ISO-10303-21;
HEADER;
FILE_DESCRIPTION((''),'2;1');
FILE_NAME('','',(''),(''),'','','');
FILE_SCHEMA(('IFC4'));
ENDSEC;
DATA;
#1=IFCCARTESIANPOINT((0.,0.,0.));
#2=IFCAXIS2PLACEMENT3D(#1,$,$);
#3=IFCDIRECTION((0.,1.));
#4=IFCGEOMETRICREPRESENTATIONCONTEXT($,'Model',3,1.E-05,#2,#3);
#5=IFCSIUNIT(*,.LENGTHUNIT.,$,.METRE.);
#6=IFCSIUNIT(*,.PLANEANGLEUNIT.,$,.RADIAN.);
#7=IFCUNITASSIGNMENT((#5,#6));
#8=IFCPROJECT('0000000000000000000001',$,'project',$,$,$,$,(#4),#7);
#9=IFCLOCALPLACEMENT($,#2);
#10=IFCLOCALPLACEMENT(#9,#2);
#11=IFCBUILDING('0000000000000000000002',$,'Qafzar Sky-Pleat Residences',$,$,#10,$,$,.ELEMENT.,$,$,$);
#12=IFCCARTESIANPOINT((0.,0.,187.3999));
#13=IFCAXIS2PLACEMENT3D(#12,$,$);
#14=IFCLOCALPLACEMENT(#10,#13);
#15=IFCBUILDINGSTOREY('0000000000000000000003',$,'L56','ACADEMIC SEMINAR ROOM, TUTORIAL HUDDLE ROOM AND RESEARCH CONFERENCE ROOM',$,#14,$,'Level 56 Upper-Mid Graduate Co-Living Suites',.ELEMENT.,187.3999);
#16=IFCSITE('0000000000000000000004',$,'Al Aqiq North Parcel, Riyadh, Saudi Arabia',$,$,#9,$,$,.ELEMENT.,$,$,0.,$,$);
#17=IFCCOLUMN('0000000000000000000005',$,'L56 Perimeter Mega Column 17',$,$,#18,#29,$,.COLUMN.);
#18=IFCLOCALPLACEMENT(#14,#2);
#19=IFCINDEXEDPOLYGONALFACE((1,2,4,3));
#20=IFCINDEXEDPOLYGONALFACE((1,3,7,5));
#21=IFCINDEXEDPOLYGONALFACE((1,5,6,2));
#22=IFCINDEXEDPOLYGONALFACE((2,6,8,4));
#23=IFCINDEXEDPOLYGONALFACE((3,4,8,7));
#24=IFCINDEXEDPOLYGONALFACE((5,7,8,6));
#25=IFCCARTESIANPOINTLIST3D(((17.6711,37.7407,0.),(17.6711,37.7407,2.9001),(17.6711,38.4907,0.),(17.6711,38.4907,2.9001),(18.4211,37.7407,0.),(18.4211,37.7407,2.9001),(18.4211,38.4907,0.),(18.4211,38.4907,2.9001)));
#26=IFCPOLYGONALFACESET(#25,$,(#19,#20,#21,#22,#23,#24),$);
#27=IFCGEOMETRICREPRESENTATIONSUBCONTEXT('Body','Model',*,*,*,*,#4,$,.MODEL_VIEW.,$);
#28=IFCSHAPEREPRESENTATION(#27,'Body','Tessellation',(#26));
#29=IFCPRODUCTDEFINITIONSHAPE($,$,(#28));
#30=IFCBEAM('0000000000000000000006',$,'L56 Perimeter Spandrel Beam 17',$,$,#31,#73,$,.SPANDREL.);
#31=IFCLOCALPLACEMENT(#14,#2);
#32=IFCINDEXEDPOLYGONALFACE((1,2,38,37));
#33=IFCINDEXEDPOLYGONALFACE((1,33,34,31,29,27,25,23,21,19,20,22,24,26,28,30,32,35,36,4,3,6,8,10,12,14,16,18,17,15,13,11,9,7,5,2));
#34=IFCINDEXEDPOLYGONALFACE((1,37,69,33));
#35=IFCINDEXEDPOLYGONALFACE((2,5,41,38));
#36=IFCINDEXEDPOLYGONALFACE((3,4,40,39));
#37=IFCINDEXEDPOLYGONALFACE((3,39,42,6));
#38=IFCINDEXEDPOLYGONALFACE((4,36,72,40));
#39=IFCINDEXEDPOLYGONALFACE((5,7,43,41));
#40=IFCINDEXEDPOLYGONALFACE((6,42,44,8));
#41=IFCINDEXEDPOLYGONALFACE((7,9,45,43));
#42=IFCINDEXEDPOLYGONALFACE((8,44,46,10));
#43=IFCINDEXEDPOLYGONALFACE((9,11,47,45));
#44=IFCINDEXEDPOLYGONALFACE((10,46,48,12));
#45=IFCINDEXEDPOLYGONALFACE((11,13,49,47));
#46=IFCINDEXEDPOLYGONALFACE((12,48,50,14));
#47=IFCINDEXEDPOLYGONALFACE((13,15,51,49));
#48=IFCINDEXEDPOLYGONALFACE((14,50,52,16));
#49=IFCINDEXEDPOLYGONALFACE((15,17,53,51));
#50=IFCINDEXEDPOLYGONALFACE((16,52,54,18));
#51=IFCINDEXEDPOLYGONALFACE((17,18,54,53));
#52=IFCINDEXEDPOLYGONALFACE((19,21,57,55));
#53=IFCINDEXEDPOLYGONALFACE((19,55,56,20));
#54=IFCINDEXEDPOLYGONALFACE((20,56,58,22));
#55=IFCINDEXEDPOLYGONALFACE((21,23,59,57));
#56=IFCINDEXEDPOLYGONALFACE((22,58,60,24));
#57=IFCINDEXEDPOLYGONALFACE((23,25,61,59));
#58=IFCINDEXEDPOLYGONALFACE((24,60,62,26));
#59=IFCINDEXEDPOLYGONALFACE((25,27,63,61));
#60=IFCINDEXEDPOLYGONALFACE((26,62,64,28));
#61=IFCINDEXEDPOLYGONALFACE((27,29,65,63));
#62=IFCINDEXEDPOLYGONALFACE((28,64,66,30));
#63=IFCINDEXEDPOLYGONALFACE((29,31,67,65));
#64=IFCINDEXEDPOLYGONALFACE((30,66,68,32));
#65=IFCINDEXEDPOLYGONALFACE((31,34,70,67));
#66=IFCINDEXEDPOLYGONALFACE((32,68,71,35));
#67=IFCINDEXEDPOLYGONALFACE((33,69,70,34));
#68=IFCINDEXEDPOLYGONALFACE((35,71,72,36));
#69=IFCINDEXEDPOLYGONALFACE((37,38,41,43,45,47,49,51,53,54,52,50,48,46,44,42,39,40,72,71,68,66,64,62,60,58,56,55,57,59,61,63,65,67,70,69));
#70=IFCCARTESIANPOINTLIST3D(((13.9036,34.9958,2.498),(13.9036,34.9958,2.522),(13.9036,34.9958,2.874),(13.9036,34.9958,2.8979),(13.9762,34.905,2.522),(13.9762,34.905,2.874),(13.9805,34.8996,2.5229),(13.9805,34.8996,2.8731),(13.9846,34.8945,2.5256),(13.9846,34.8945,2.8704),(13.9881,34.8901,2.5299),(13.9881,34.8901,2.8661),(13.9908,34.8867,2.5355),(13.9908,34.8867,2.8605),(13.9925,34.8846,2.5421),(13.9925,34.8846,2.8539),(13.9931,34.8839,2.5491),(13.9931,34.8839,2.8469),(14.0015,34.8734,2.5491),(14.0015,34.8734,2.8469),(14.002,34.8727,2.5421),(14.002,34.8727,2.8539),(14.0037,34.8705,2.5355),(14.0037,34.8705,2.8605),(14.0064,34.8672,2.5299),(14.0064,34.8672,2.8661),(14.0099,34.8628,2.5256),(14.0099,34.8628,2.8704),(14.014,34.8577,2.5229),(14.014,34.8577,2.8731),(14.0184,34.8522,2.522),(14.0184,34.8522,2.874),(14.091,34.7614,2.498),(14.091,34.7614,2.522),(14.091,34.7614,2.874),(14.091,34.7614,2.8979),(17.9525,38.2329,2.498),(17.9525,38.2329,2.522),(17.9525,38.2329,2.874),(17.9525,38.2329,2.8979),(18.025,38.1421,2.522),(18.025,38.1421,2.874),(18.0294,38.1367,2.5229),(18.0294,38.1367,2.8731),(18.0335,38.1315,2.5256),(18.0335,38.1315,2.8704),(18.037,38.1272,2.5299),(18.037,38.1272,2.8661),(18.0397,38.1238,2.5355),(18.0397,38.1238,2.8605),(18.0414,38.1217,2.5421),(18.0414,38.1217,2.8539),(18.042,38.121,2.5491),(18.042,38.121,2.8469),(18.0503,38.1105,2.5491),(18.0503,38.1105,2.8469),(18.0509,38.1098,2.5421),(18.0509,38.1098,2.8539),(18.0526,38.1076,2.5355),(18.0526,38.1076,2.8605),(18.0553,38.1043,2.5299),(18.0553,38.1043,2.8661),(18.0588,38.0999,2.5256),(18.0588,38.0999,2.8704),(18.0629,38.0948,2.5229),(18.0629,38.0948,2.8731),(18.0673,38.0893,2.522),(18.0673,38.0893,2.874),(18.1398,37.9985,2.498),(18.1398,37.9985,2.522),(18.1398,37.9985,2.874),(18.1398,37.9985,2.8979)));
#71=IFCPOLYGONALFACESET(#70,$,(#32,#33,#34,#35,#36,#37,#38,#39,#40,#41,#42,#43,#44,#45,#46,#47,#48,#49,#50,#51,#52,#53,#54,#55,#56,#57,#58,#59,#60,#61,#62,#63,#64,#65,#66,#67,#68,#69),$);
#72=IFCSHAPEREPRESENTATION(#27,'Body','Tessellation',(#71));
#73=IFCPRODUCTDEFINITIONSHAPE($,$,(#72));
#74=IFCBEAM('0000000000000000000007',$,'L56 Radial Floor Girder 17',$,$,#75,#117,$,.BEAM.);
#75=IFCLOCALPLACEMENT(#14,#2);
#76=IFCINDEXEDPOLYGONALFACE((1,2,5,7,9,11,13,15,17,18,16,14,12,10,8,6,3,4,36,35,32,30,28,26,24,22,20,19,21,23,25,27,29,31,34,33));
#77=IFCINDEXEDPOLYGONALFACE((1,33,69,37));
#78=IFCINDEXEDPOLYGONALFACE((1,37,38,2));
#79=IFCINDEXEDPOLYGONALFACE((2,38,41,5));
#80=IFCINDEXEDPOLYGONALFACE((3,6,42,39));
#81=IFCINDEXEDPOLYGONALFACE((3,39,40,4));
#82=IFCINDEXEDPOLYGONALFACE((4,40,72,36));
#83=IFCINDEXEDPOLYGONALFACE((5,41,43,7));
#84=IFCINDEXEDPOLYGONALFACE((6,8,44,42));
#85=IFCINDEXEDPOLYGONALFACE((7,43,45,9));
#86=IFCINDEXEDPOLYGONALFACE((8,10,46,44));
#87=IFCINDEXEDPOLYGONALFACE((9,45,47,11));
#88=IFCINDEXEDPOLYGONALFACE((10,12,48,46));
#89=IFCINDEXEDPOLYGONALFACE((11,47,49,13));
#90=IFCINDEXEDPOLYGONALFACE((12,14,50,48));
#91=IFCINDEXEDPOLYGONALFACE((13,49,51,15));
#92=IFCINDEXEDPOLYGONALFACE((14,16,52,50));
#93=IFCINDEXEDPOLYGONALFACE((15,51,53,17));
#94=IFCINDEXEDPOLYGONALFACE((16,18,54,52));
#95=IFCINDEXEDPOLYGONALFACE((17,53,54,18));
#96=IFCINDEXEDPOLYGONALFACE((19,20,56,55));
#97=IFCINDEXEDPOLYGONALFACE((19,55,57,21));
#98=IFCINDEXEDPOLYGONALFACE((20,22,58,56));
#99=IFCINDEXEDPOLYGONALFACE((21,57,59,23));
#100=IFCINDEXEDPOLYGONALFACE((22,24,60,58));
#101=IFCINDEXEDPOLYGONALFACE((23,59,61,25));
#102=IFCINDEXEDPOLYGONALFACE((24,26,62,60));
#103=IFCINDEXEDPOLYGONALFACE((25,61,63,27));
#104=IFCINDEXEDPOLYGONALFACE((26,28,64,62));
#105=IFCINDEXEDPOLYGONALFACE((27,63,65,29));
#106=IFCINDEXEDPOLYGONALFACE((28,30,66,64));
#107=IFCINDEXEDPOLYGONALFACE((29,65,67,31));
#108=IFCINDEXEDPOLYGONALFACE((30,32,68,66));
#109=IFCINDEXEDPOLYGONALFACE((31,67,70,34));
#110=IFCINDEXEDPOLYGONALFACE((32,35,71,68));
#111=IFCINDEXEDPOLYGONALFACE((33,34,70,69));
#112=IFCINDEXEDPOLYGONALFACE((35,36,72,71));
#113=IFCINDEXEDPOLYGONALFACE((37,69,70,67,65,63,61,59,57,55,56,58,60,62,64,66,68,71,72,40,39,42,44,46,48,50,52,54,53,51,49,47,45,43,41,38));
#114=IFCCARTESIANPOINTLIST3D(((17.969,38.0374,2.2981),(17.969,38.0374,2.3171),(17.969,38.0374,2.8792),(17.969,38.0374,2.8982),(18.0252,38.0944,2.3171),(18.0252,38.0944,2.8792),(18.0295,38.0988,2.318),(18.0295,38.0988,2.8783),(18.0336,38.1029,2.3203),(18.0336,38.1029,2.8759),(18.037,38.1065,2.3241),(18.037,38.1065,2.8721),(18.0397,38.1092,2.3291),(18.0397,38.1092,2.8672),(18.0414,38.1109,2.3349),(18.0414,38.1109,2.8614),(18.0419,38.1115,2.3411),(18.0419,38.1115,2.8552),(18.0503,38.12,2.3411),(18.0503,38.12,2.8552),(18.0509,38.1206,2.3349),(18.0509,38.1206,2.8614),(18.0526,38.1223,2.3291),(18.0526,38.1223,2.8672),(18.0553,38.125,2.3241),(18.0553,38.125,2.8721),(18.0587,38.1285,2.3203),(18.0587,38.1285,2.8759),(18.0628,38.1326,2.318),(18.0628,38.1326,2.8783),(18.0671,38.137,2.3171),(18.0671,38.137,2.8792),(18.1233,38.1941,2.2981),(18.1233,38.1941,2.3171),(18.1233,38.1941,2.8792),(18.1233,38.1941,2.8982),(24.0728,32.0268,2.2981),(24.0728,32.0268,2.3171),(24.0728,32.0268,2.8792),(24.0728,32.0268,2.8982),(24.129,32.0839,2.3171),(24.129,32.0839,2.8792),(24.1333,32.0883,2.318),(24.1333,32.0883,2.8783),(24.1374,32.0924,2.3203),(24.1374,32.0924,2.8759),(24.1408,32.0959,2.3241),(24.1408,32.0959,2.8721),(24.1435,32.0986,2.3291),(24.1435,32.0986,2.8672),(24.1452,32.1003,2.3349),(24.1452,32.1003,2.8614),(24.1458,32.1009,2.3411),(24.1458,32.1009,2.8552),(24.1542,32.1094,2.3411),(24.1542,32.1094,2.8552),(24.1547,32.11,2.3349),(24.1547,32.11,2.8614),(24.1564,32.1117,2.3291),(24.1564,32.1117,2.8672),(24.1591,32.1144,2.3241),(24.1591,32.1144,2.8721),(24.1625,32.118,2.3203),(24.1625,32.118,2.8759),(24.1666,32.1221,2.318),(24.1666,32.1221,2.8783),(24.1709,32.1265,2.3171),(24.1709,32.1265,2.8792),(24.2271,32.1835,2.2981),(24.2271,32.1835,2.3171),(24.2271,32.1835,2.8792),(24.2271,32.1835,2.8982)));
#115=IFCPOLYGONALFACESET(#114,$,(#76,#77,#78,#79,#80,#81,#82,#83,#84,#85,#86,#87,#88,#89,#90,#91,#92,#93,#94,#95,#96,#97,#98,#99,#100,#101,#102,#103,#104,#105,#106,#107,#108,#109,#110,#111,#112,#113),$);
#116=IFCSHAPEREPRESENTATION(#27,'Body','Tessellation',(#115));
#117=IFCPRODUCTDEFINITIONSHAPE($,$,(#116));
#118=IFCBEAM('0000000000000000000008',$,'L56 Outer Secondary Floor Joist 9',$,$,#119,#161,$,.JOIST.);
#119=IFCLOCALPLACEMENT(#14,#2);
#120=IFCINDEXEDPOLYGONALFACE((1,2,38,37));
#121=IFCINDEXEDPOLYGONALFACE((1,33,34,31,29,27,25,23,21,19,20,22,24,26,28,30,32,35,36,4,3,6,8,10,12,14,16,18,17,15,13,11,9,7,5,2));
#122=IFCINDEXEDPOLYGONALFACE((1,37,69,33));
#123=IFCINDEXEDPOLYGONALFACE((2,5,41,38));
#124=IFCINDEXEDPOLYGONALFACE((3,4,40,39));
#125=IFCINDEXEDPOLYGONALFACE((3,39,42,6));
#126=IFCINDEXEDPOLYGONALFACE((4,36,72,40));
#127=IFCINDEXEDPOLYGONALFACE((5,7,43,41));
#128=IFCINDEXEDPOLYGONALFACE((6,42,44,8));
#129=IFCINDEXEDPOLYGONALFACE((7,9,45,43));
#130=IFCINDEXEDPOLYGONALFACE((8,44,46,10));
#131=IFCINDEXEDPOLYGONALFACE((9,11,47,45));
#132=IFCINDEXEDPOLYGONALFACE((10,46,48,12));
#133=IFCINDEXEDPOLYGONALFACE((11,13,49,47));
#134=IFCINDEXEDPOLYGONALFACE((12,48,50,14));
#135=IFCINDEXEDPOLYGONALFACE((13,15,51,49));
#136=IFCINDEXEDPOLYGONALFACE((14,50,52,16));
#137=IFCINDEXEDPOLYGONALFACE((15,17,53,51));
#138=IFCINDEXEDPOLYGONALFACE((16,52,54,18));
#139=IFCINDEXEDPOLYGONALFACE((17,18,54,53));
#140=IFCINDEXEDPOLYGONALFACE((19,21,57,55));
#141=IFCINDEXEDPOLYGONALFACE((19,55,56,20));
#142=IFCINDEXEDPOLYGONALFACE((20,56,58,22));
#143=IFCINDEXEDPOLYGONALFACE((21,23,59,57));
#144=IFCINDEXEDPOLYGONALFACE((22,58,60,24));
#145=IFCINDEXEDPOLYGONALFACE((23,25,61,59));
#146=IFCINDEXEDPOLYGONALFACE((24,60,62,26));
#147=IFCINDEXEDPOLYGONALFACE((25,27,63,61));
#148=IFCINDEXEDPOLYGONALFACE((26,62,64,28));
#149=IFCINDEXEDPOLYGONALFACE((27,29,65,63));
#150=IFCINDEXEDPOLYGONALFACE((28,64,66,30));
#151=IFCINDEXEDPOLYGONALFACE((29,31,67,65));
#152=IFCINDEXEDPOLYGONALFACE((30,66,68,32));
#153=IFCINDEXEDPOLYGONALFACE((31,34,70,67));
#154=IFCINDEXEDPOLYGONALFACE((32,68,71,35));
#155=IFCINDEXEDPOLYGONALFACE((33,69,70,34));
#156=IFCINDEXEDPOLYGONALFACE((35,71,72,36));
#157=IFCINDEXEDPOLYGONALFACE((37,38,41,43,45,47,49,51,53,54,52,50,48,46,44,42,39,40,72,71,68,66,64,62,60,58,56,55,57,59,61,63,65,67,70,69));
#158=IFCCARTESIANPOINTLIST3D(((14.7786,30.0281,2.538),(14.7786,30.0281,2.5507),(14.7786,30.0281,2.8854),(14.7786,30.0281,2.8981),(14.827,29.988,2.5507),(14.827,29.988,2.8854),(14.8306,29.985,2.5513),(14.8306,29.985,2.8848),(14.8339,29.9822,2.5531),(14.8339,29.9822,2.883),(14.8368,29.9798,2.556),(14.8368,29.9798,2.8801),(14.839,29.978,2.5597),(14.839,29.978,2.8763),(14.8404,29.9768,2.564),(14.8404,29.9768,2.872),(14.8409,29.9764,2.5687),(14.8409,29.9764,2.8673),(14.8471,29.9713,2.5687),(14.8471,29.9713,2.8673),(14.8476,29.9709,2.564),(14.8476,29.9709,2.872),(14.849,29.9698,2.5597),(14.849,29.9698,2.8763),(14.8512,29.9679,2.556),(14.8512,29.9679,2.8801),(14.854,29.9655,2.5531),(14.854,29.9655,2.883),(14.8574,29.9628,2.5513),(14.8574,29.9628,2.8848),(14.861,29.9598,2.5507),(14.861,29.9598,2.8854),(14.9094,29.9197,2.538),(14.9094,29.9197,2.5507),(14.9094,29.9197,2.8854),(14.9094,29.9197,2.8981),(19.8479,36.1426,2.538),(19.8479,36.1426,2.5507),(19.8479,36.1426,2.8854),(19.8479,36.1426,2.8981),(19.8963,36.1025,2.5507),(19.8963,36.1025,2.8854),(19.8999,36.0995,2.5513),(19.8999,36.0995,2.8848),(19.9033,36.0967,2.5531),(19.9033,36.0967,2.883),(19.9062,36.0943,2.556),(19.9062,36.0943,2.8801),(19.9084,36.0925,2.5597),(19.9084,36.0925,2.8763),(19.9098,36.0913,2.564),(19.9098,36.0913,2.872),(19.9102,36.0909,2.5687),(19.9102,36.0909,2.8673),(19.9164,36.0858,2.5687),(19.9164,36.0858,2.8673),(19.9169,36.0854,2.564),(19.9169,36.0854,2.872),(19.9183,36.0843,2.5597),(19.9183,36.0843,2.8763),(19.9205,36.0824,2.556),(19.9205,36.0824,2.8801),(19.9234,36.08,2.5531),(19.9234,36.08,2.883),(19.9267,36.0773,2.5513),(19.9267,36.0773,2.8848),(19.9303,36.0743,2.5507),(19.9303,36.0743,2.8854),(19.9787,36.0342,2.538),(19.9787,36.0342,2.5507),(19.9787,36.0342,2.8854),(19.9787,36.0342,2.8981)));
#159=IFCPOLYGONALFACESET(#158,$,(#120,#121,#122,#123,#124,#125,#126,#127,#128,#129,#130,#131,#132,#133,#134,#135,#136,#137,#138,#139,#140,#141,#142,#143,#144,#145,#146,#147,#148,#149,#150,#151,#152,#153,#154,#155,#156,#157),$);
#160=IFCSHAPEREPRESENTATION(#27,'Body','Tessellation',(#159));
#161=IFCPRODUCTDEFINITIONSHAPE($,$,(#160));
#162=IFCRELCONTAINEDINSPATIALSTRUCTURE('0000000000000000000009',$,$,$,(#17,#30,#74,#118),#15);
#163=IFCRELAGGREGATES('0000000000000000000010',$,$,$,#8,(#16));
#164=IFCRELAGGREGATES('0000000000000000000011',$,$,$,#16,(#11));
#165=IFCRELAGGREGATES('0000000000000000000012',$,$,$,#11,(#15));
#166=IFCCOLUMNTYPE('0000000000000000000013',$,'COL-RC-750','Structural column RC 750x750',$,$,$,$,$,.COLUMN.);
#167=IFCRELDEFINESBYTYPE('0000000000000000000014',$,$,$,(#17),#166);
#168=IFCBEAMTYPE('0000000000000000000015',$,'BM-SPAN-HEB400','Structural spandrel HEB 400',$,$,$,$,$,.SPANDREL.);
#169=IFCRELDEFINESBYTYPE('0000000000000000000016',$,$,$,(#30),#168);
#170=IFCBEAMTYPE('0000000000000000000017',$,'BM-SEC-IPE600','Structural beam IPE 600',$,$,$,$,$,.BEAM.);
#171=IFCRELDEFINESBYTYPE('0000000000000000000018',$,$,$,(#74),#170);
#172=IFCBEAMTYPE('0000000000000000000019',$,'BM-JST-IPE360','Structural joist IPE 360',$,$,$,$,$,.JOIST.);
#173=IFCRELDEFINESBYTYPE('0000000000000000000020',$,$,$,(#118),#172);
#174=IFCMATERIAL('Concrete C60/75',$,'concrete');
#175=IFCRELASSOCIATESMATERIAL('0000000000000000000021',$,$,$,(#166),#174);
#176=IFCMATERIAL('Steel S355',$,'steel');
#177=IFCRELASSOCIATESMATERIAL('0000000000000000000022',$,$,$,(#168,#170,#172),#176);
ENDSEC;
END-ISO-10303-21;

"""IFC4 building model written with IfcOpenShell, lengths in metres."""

from ifc_helpers import new_model, si_unit, direction, frame, origin, origin_2d, place, context, subcontext, project, spatial, rectangle, i_section, extrude, source, transform, mapped, material, material_profile, profile_set, type_object, element, save


model = new_model("IFC4")

# Units and contexts
model_context = context("Model", 3, precision=1e-05, world=origin(), true_north=direction((0.0, 1.0)))
body_context = subcontext(model_context, "Body", "Model", "MODEL_VIEW")
ifc_project = project(units=[si_unit("LENGTHUNIT", "METRE"), si_unit("PLANEANGLEUNIT", "RADIAN")], contexts=[model_context])

# Site, building, storey
site_placement = place(None, origin())
site = spatial("IfcSite", under=ifc_project, at=site_placement, Name="Al Aqiq North Parcel, Riyadh, Saudi Arabia", CompositionType="ELEMENT", RefElevation=0.0)
building_placement = place(site_placement, origin())
building = spatial("IfcBuilding", under=site, at=building_placement, Name="Qafzar Sky-Pleat Residences", CompositionType="ELEMENT")
storey_placement = place(building_placement, frame((0.0, 0.0, 187.3999)))
storey = spatial("IfcBuildingStorey", under=building, at=storey_placement, Name="L56", Description="ACADEMIC SEMINAR ROOM, TUTORIAL HUDDLE ROOM AND RESEARCH CONFERENCE ROOM", LongName="Level 56 Upper-Mid Graduate Co-Living Suites", CompositionType="ELEMENT", Elevation=187.3999)

# Column
ifc_material_1 = material(Name="Concrete C60/75", Category="concrete")
ifc_material_profile_1 = material_profile(ifc_material_1, rectangle(XDim=0.75, YDim=0.75, at=origin_2d()), Name="RC 750x750")
ifc_profile_set_1 = profile_set([ifc_material_profile_1], Name="Concrete C60/75")
column_type = type_object("IfcColumnType", Name="COL-RC-750", Description="Structural column RC 750x750", PredefinedType="COLUMN", material=ifc_profile_set_1)
shared_shape_1 = source(origin(), body_context, "Body", "SweptSolid", [
    extrude(rectangle(XDim=0.75, YDim=0.75, at=origin_2d()), origin(), (0.0, 0.0, 1.0), 2.9001),
])
column_placement = place(storey_placement, frame((18.0461, 38.1157, 0.0), z_axis=(0.0, 0.0, 1.0), x_axis=(1.0, 0.0, 0.0)))
element("IfcColumn", 1, at=column_placement, inside=storey, type_object=column_type, Name="L56 Perimeter Mega Column 17", PredefinedType="COLUMN", context=body_context, shape_type="MappedRepresentation", body=[
    mapped(shared_shape_1, transform((0.0, 0.0, 0.0), x_axis=(1.0, 0.0, 0.0), y_axis=(0.0, 1.0, 0.0), z_axis=(0.0, 0.0, 1.0), scale=1.0)),
])

# Beams
ifc_material_2 = material(Name="Steel S355", Category="steel")
ifc_material_profile_2 = material_profile(ifc_material_2, i_section(OverallWidth=0.3, OverallDepth=0.3999, WebThickness=0.0134, FlangeThickness=0.0239, FilletRadius=0.0271, at=origin_2d()), Name="HEB 400")
ifc_profile_set_2 = profile_set([ifc_material_profile_2], Name="Steel S355")
beam_type_1 = type_object("IfcBeamType", Name="BM-SPAN-HEB400", Description="Structural spandrel HEB 400", PredefinedType="SPANDREL", material=ifc_profile_set_2)
shared_shape_2 = source(origin(), body_context, "Body", "SweptSolid", [
    extrude(i_section(OverallWidth=0.3, OverallDepth=0.3999, WebThickness=0.0134, FlangeThickness=0.0239, FilletRadius=0.0271, at=origin_2d()), origin(), (0.0, 0.0, 1.0), 5.1838),
])
beam_1_placement = place(storey_placement, frame((18.0461, 38.1157, 2.698), z_axis=(-0.781057, -0.62446, 0.0), x_axis=(0.62446, -0.781057, 0.0)))
element("IfcBeam", 2, at=beam_1_placement, inside=storey, type_object=beam_type_1, Name="L56 Perimeter Spandrel Beam 17", PredefinedType="SPANDREL", context=body_context, shape_type="MappedRepresentation", body=[
    mapped(shared_shape_2, transform((0.0, 0.0, 0.0), x_axis=(1.0, 0.0, 0.0), y_axis=(0.0, 1.0, 0.0), z_axis=(0.0, 0.0, 1.0), scale=1.0)),
])
ifc_material_profile_3 = material_profile(ifc_material_2, i_section(OverallWidth=0.22, OverallDepth=0.6001, WebThickness=0.012, FlangeThickness=0.019, FilletRadius=0.0239, at=origin_2d()), Name="IPE 600")
ifc_profile_set_3 = profile_set([ifc_material_profile_3], Name="Steel S355")
beam_type_2 = type_object("IfcBeamType", Name="BM-SEC-IPE600", Description="Structural beam IPE 600", PredefinedType="BEAM", material=ifc_profile_set_3)
shared_shape_3 = source(origin(), body_context, "Body", "SweptSolid", [
    extrude(i_section(OverallWidth=0.22, OverallDepth=0.6001, WebThickness=0.012, FlangeThickness=0.019, FilletRadius=0.0239, at=origin_2d()), origin(), (0.0, 0.0, 1.0), 8.5664),
])
beam_2_placement = place(storey_placement, frame((18.0461, 38.1157, 2.5981), z_axis=(0.712529, -0.701642, 0.0), x_axis=(0.701642, 0.712529, 0.0)))
element("IfcBeam", 3, at=beam_2_placement, inside=storey, type_object=beam_type_2, Name="L56 Radial Floor Girder 17", PredefinedType="BEAM", context=body_context, shape_type="MappedRepresentation", body=[
    mapped(shared_shape_3, transform((0.0, 0.0, 0.0), x_axis=(1.0, 0.0, 0.0), y_axis=(0.0, 1.0, 0.0), z_axis=(0.0, 0.0, 1.0), scale=1.0)),
])
ifc_material_profile_4 = material_profile(ifc_material_2, i_section(OverallWidth=0.1699, OverallDepth=0.3601, WebThickness=0.0081, FlangeThickness=0.0127, FilletRadius=0.0181, at=origin_2d()), Name="IPE 360")
ifc_profile_set_4 = profile_set([ifc_material_profile_4], Name="Steel S355")
beam_type_3 = type_object("IfcBeamType", Name="BM-JST-IPE360", Description="Structural joist IPE 360", PredefinedType="JOIST", material=ifc_profile_set_4)
shared_shape_4 = source(origin(), body_context, "Body", "SweptSolid", [
    extrude(i_section(OverallWidth=0.1699, OverallDepth=0.3601, WebThickness=0.0081, FlangeThickness=0.0127, FilletRadius=0.0181, at=origin_2d()), origin(), (0.0, 0.0, 1.0), 7.9426),
])
beam_3_placement = place(storey_placement, frame((19.9133, 36.0884, 2.718), z_axis=(-0.638244, -0.769834, 0.0), x_axis=(0.769834, -0.638244, 0.0)))
element("IfcBeam", 4, at=beam_3_placement, inside=storey, type_object=beam_type_3, Name="L56 Outer Secondary Floor Joist 9", PredefinedType="JOIST", context=body_context, shape_type="MappedRepresentation", body=[
    mapped(shared_shape_4, transform((0.0, 0.0, 0.0), x_axis=(1.0, 0.0, 0.0), y_axis=(0.0, 1.0, 0.0), z_axis=(0.0, 0.0, 1.0), scale=1.0)),
])

save(model, "model.ifc")
